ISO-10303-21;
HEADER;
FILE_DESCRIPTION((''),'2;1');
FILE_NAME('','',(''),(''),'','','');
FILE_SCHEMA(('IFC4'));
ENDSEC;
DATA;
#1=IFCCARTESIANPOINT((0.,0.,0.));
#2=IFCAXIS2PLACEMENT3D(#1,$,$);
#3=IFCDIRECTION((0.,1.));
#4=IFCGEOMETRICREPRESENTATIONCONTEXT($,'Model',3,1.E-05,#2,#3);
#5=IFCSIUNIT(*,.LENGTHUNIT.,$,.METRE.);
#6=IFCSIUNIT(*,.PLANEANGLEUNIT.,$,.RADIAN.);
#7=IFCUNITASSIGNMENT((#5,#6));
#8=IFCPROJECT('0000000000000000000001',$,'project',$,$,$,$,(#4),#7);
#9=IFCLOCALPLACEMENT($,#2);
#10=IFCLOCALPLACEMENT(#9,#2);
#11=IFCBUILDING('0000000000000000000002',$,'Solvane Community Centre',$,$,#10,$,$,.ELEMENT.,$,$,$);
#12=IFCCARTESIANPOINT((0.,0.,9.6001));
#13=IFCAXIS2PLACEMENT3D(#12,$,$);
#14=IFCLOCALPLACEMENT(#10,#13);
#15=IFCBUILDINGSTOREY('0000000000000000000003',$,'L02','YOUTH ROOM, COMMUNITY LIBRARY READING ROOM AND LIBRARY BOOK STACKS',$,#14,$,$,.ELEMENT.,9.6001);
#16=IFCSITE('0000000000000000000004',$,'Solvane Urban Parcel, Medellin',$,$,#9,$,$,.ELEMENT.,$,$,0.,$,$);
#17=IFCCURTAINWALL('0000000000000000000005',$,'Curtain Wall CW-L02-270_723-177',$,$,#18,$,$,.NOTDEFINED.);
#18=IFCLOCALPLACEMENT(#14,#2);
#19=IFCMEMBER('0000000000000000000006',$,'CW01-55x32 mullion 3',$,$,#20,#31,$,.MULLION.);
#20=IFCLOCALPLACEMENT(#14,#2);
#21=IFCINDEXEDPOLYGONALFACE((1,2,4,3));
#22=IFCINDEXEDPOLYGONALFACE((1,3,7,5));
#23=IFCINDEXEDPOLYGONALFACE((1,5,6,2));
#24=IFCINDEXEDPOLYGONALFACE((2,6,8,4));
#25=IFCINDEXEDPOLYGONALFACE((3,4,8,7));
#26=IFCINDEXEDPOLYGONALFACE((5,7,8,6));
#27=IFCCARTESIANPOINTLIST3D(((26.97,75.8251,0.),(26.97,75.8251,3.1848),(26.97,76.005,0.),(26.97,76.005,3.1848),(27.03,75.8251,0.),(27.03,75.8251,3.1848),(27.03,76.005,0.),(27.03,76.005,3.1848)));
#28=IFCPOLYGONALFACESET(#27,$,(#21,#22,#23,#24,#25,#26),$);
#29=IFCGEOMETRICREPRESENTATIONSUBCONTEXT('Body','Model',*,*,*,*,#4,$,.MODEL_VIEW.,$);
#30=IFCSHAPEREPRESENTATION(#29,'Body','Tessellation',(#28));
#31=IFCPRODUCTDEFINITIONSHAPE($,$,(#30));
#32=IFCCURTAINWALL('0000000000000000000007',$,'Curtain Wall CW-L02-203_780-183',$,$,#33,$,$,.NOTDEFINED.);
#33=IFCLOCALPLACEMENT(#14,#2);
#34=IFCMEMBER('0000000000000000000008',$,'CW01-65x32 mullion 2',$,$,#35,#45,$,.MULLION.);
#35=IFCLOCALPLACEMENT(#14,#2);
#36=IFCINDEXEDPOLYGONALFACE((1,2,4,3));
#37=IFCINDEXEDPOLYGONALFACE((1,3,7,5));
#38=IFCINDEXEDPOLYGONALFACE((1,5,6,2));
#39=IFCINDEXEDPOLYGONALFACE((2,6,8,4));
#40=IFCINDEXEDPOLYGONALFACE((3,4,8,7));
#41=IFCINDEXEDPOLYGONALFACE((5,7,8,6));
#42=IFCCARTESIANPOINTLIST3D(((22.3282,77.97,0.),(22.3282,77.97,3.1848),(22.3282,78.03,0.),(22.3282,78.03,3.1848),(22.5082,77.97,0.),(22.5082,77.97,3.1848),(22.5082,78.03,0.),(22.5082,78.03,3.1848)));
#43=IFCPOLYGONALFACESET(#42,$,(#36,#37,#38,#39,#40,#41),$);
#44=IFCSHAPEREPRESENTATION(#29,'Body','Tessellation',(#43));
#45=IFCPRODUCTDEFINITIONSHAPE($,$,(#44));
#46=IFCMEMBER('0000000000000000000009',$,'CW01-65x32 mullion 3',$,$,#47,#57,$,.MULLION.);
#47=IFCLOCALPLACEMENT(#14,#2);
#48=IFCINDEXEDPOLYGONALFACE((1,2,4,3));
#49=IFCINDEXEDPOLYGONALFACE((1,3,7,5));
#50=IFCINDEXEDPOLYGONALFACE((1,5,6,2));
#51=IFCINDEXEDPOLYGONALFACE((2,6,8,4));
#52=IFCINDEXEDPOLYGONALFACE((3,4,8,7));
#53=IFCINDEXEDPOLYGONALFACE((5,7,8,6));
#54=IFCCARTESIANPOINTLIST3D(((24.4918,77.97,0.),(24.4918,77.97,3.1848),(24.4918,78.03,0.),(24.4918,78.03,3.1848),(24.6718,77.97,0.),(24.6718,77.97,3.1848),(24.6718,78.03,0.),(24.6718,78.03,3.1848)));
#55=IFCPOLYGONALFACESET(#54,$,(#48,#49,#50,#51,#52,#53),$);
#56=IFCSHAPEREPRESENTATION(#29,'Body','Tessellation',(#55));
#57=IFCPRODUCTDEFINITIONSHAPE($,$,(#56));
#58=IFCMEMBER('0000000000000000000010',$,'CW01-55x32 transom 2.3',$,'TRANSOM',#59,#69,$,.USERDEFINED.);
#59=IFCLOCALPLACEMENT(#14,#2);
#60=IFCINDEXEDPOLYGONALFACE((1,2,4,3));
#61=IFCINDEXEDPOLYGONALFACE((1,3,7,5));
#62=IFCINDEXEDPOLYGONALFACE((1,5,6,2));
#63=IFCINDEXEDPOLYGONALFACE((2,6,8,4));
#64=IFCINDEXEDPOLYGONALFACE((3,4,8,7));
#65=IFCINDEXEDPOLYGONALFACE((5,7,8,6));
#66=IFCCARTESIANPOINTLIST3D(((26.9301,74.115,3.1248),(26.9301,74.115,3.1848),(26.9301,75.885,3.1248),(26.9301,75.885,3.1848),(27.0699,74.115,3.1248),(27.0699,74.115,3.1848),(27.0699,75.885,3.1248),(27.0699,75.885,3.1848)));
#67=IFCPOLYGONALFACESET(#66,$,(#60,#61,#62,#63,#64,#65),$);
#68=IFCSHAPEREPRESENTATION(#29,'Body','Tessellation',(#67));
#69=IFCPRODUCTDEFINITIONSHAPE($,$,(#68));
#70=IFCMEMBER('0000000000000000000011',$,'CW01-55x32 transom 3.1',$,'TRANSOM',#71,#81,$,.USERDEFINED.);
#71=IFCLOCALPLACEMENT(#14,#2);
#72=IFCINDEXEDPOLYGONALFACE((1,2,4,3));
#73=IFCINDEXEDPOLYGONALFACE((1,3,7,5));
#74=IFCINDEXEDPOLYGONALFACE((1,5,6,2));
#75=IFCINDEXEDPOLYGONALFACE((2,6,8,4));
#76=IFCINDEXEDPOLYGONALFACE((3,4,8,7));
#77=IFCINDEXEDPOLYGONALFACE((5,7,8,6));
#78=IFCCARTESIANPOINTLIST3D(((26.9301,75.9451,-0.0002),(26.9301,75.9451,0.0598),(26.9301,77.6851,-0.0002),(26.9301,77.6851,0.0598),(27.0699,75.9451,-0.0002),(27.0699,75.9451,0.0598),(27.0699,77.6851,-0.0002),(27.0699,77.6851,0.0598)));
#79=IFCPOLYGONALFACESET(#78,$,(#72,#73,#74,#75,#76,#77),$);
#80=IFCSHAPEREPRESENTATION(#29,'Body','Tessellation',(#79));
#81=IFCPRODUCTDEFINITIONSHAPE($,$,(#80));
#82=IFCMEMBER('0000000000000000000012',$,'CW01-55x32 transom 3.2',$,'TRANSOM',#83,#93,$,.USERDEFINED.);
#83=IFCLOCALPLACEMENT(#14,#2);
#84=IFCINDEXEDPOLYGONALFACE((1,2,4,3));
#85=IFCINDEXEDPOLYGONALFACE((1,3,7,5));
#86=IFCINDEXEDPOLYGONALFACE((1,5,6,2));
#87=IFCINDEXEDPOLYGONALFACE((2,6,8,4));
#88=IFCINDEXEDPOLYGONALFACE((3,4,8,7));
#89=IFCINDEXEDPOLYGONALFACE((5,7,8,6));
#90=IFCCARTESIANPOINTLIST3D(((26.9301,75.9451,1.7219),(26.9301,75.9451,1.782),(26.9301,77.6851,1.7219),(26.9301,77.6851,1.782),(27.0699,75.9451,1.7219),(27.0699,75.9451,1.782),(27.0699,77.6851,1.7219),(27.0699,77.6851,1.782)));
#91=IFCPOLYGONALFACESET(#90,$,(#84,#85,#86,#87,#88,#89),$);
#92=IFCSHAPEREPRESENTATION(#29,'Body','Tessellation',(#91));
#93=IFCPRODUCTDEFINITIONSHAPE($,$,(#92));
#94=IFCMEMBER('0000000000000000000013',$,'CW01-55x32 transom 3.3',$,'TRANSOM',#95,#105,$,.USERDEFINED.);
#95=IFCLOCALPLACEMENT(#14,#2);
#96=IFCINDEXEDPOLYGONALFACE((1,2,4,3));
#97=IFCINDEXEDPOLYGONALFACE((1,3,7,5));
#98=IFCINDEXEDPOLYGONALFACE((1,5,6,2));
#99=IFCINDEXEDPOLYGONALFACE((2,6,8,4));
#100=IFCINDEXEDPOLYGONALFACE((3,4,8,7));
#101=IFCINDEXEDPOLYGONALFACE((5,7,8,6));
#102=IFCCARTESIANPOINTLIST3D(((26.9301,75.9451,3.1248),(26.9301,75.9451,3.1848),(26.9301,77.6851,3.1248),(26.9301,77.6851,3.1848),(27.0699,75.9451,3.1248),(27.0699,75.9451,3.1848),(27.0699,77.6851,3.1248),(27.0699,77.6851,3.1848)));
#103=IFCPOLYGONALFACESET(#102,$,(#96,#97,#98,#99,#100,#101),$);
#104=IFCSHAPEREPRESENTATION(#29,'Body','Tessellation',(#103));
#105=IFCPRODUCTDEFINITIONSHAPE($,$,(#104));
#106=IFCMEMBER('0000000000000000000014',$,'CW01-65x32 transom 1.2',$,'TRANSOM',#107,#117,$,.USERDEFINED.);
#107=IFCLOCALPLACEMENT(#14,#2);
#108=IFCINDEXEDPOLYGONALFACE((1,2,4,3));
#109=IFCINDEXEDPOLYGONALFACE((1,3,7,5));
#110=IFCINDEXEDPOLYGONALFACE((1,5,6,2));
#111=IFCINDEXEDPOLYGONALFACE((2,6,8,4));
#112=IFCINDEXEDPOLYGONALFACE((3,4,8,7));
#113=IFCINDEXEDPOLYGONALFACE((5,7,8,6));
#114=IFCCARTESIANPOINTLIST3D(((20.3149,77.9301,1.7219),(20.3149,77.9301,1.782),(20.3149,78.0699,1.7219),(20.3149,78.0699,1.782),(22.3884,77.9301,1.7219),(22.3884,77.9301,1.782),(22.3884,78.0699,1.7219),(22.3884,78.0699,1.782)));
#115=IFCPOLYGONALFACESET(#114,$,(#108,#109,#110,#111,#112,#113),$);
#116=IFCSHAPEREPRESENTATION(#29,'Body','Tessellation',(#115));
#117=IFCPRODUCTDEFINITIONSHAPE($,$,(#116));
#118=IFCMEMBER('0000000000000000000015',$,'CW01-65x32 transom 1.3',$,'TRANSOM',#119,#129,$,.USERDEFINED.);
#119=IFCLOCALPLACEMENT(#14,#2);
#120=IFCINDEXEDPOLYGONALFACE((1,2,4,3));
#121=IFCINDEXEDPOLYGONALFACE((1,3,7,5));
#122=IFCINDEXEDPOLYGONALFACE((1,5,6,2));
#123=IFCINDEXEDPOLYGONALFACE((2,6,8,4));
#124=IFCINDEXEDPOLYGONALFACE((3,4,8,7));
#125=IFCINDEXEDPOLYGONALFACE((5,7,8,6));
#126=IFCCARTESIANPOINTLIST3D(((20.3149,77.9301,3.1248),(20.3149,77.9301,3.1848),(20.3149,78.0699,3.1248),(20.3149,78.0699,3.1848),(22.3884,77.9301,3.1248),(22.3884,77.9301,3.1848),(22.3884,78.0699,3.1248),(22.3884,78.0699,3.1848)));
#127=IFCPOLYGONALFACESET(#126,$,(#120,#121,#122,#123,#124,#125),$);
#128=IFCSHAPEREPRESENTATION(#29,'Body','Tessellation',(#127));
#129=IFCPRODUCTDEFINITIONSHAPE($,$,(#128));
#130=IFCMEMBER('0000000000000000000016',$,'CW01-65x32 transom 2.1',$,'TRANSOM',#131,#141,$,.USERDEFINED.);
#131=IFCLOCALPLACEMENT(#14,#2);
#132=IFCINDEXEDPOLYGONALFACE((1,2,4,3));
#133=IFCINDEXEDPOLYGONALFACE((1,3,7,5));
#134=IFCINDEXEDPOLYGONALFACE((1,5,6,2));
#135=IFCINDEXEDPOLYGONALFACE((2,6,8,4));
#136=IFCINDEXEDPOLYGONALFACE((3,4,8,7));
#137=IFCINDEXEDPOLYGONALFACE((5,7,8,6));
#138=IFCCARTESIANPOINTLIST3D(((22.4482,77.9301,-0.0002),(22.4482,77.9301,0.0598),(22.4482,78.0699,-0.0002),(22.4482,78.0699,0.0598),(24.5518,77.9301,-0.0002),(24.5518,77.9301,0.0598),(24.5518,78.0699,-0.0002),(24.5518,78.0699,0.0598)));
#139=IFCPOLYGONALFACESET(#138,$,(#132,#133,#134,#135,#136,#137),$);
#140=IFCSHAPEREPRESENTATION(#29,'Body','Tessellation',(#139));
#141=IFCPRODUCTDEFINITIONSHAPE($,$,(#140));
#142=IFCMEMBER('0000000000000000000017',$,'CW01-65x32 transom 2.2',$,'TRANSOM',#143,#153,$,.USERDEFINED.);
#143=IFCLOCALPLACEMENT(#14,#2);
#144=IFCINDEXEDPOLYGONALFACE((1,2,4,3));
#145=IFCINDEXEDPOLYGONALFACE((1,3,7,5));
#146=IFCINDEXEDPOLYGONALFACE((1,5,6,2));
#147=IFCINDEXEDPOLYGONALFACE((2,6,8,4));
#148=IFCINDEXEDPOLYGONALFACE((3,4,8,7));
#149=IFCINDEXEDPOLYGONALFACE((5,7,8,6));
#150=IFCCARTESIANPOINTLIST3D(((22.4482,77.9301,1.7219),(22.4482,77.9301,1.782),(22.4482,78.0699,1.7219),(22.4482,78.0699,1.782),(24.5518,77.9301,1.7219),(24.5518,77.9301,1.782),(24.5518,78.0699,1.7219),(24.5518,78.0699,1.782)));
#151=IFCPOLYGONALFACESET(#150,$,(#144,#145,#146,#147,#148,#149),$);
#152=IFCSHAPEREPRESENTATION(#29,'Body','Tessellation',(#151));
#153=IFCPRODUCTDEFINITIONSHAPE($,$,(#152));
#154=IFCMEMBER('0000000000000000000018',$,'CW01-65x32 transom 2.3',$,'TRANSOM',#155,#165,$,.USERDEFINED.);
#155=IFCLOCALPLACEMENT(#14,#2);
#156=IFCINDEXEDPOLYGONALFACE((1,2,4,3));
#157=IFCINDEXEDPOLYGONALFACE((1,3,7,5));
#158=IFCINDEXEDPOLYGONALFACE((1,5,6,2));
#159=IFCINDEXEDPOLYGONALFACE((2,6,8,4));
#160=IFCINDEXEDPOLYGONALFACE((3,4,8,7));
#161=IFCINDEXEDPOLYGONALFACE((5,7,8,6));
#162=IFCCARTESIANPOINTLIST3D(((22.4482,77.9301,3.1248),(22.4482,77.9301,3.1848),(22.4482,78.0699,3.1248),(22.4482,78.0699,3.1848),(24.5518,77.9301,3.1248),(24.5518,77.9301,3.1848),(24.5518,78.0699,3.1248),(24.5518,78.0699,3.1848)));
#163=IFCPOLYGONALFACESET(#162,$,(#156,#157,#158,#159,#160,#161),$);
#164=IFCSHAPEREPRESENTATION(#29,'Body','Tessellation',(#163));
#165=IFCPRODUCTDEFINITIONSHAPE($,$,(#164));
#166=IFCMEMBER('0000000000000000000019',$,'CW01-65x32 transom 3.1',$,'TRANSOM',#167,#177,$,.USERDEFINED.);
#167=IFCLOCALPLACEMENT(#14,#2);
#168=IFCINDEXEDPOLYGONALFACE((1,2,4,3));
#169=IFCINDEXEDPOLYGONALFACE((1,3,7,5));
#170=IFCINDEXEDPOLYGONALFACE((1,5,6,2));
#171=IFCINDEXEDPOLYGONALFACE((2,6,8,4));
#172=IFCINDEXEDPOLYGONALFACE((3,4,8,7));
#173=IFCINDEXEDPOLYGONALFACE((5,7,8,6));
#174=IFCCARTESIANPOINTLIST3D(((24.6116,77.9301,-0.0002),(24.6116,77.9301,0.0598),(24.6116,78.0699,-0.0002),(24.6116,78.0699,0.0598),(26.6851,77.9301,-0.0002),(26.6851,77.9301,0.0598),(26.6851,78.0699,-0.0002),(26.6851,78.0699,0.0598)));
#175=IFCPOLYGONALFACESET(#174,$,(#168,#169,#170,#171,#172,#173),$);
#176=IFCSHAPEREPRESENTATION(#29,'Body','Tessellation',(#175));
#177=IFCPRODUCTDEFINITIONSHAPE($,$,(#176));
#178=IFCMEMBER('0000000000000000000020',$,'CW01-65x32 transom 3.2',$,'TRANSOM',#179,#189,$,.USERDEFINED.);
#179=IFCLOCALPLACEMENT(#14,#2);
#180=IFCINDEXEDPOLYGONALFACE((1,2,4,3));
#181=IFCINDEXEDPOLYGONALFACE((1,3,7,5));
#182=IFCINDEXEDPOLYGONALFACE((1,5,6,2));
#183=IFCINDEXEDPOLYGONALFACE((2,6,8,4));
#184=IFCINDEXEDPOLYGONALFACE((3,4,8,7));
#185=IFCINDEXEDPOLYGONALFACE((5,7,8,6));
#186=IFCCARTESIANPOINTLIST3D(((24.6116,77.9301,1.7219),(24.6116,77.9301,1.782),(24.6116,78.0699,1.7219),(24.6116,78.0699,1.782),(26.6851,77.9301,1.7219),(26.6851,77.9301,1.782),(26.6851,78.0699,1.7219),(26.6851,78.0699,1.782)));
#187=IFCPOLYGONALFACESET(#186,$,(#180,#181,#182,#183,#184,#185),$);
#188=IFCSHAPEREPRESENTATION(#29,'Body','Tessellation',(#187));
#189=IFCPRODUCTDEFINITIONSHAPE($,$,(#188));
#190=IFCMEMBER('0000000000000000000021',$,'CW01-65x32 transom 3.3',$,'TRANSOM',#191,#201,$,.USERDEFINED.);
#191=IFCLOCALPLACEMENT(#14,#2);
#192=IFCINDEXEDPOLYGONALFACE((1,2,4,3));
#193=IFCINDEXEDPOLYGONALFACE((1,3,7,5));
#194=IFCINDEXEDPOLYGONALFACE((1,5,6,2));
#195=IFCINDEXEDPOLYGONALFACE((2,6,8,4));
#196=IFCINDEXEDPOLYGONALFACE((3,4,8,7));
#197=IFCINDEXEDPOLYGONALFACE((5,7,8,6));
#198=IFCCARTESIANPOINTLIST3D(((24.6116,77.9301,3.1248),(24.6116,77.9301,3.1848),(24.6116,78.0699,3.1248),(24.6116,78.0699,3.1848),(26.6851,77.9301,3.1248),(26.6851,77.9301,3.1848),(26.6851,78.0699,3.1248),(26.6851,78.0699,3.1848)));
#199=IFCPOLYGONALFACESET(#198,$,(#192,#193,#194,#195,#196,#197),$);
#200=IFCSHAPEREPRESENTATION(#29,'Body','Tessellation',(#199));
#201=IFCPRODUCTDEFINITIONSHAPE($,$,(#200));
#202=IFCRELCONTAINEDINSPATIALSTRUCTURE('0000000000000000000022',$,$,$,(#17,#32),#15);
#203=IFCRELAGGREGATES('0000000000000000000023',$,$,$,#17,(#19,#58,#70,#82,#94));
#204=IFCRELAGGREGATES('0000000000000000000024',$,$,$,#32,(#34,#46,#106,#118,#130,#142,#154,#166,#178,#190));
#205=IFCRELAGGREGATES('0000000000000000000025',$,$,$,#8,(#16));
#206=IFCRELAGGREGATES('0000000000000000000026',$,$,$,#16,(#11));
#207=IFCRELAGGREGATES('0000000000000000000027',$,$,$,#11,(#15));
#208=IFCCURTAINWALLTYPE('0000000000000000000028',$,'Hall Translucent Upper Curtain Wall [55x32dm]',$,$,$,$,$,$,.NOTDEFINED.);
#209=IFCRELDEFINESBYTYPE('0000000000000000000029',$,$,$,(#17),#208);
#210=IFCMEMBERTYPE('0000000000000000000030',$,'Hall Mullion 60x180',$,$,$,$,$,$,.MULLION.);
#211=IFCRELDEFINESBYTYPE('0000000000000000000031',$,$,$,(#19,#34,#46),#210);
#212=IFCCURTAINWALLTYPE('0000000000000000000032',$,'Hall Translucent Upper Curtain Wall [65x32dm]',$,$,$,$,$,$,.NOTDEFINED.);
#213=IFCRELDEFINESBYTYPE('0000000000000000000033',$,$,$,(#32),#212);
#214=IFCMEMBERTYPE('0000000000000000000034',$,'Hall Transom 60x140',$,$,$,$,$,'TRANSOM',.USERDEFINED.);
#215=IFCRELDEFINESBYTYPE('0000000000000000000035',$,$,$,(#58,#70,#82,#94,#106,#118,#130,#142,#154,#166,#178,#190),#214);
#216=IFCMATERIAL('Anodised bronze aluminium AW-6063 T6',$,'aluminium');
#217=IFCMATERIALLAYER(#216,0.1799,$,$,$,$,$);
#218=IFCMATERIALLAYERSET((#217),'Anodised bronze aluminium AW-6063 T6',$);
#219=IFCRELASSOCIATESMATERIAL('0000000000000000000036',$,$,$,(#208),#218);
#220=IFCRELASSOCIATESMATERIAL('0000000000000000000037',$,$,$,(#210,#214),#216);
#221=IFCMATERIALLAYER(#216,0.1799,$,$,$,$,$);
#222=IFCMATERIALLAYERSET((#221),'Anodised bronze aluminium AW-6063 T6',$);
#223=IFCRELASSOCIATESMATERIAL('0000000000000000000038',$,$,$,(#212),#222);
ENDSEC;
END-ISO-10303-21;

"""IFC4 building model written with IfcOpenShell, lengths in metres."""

from ifc_helpers import new_model, si_unit, direction, frame, origin, origin_2d, place, context, subcontext, project, spatial, rectangle, extrude, material, layer, layer_set, material_profile, profile_set, type_object, element, aggregate, save


model = new_model("IFC4")

# Units and contexts
model_context = context("Model", 3, precision=1e-05, world=origin(), true_north=direction((0.0, 1.0)))
body_context = subcontext(model_context, "Body", "Model", "MODEL_VIEW")
ifc_project = project(units=[si_unit("LENGTHUNIT", "METRE"), si_unit("PLANEANGLEUNIT", "RADIAN")], contexts=[model_context])

# Site, building, storey
site_placement = place(None, origin())
site = spatial("IfcSite", under=ifc_project, at=site_placement, Name="Solvane Urban Parcel, Medellin", CompositionType="ELEMENT", RefElevation=0.0)
building_placement = place(site_placement, origin())
building = spatial("IfcBuilding", under=site, at=building_placement, Name="Solvane Community Centre", CompositionType="ELEMENT")
storey_placement = place(building_placement, frame((0.0, 0.0, 9.6001)))
storey = spatial("IfcBuildingStorey", under=building, at=storey_placement, Name="L02", Description="YOUTH ROOM, COMMUNITY LIBRARY READING ROOM AND LIBRARY BOOK STACKS", CompositionType="ELEMENT", Elevation=9.6001)

# Curtain wall, member
ifc_material_1 = material(Name="Anodised bronze aluminium AW-6063 T6", Category="aluminium")
ifc_layer_1 = layer(ifc_material_1, 0.1799)
ifc_layer_set_1 = layer_set([ifc_layer_1], Name="Anodised bronze aluminium AW-6063 T6")
curtain_wall_type_1 = type_object("IfcCurtainWallType", Name="Hall Translucent Upper Curtain Wall [55x32dm]", PredefinedType="NOTDEFINED", material=ifc_layer_set_1)
curtain_wall_1_placement = place(storey_placement, origin())
curtain_wall_1 = element("IfcCurtainWall", 1, at=curtain_wall_1_placement, inside=storey, type_object=curtain_wall_type_1, Name="Curtain Wall CW-L02-270_723-177", PredefinedType="NOTDEFINED")
ifc_material_profile_1 = material_profile(ifc_material_1, rectangle(XDim=0.0601, YDim=0.1799, at=origin_2d()), Name="CW-M 60x180")
ifc_profile_set_1 = profile_set([ifc_material_profile_1], Name="Anodised bronze aluminium AW-6063 T6")
member_type_1 = type_object("IfcMemberType", Name="Hall Mullion 60x180", PredefinedType="MULLION", material=ifc_profile_set_1)
member_1_placement = place(storey_placement, frame((27.0, 75.915, 0.0), z_axis=(0.0, 0.0, 1.0), x_axis=(-1.0, 0.0, 0.0)))
member_1 = element("IfcMember", 2, at=member_1_placement, type_object=member_type_1, Name="CW01-55x32 mullion 3", PredefinedType="MULLION", context=body_context, shape_type="SweptSolid", body=[
    extrude(rectangle(XDim=0.0601, YDim=0.1799, at=origin_2d()), origin(), (0.0, 0.0, 1.0), 3.1848),
])

# Curtain wall, members
ifc_layer_2 = layer(ifc_material_1, 0.1799)
ifc_layer_set_2 = layer_set([ifc_layer_2], Name="Anodised bronze aluminium AW-6063 T6")
curtain_wall_type_2 = type_object("IfcCurtainWallType", Name="Hall Translucent Upper Curtain Wall [65x32dm]", PredefinedType="NOTDEFINED", material=ifc_layer_set_2)
curtain_wall_2_placement = place(storey_placement, origin())
curtain_wall_2 = element("IfcCurtainWall", 3, at=curtain_wall_2_placement, inside=storey, type_object=curtain_wall_type_2, Name="Curtain Wall CW-L02-203_780-183", PredefinedType="NOTDEFINED")
member_2_placement = place(storey_placement, frame((22.4182, 78.0, 0.0), z_axis=(0.0, 0.0, 1.0), x_axis=(0.0, 1.0, 0.0)))
member_2 = element("IfcMember", 4, at=member_2_placement, type_object=member_type_1, Name="CW01-65x32 mullion 2", PredefinedType="MULLION", context=body_context, shape_type="SweptSolid", body=[
    extrude(rectangle(XDim=0.0601, YDim=0.1799, at=origin_2d()), origin(), (0.0, 0.0, 1.0), 3.1848),
])
member_3_placement = place(storey_placement, frame((24.5818, 78.0, 0.0), z_axis=(0.0, 0.0, 1.0), x_axis=(0.0, 1.0, 0.0)))
member_3 = element("IfcMember", 5, at=member_3_placement, type_object=member_type_1, Name="CW01-65x32 mullion 3", PredefinedType="MULLION", context=body_context, shape_type="SweptSolid", body=[
    extrude(rectangle(XDim=0.0601, YDim=0.1799, at=origin_2d()), origin(), (0.0, 0.0, 1.0), 3.1848),
])

# Members
ifc_material_profile_2 = material_profile(ifc_material_1, rectangle(XDim=0.1399, YDim=0.0601, at=origin_2d()), Name="CW-T 60x140")
ifc_profile_set_2 = profile_set([ifc_material_profile_2], Name="Anodised bronze aluminium AW-6063 T6")
member_type_2 = type_object("IfcMemberType", Name="Hall Transom 60x140", ElementType="TRANSOM", PredefinedType="USERDEFINED", material=ifc_profile_set_2)
member_4_placement = place(storey_placement, frame((27.0, 74.115, 3.1548), z_axis=(0.0, 1.0, 0.0), x_axis=(-1.0, 0.0, 0.0)))
member_4 = element("IfcMember", 6, at=member_4_placement, type_object=member_type_2, Name="CW01-55x32 transom 2.3", ObjectType="TRANSOM", PredefinedType="USERDEFINED", context=body_context, shape_type="SweptSolid", body=[
    extrude(rectangle(XDim=0.1399, YDim=0.0601, at=origin_2d()), origin(), (0.0, 0.0, 1.0), 1.77),
])
member_5_placement = place(storey_placement, frame((27.0, 75.9451, 0.0298), z_axis=(0.0, 1.0, 0.0), x_axis=(-1.0, 0.0, 0.0)))
member_5 = element("IfcMember", 7, at=member_5_placement, type_object=member_type_2, Name="CW01-55x32 transom 3.1", ObjectType="TRANSOM", PredefinedType="USERDEFINED", context=body_context, shape_type="SweptSolid", body=[
    extrude(rectangle(XDim=0.1399, YDim=0.0601, at=origin_2d()), origin(), (0.0, 0.0, 1.0), 1.74),
])
member_6_placement = place(storey_placement, frame((27.0, 75.9451, 1.752), z_axis=(0.0, 1.0, 0.0), x_axis=(-1.0, 0.0, 0.0)))
member_6 = element("IfcMember", 8, at=member_6_placement, type_object=member_type_2, Name="CW01-55x32 transom 3.2", ObjectType="TRANSOM", PredefinedType="USERDEFINED", context=body_context, shape_type="SweptSolid", body=[
    extrude(rectangle(XDim=0.1399, YDim=0.0601, at=origin_2d()), origin(), (0.0, 0.0, 1.0), 1.74),
])
member_7_placement = place(storey_placement, frame((27.0, 75.9451, 3.1548), z_axis=(0.0, 1.0, 0.0), x_axis=(-1.0, 0.0, 0.0)))
member_7 = element("IfcMember", 9, at=member_7_placement, type_object=member_type_2, Name="CW01-55x32 transom 3.3", ObjectType="TRANSOM", PredefinedType="USERDEFINED", context=body_context, shape_type="SweptSolid", body=[
    extrude(rectangle(XDim=0.1399, YDim=0.0601, at=origin_2d()), origin(), (0.0, 0.0, 1.0), 1.74),
])
member_8_placement = place(storey_placement, frame((20.3149, 78.0, 1.752), z_axis=(1.0, 0.0, 0.0), x_axis=(0.0, 1.0, 0.0)))
member_8 = element("IfcMember", 10, at=member_8_placement, type_object=member_type_2, Name="CW01-65x32 transom 1.2", ObjectType="TRANSOM", PredefinedType="USERDEFINED", context=body_context, shape_type="SweptSolid", body=[
    extrude(rectangle(XDim=0.1399, YDim=0.0601, at=origin_2d()), origin(), (0.0, 0.0, 1.0), 2.0735),
])
member_9_placement = place(storey_placement, frame((20.3149, 78.0, 3.1548), z_axis=(1.0, 0.0, 0.0), x_axis=(0.0, 1.0, 0.0)))
member_9 = element("IfcMember", 11, at=member_9_placement, type_object=member_type_2, Name="CW01-65x32 transom 1.3", ObjectType="TRANSOM", PredefinedType="USERDEFINED", context=body_context, shape_type="SweptSolid", body=[
    extrude(rectangle(XDim=0.1399, YDim=0.0601, at=origin_2d()), origin(), (0.0, 0.0, 1.0), 2.0735),
])
member_10_placement = place(storey_placement, frame((22.4482, 78.0, 0.0298), z_axis=(1.0, 0.0, 0.0), x_axis=(0.0, 1.0, 0.0)))
member_10 = element("IfcMember", 12, at=member_10_placement, type_object=member_type_2, Name="CW01-65x32 transom 2.1", ObjectType="TRANSOM", PredefinedType="USERDEFINED", context=body_context, shape_type="SweptSolid", body=[
    extrude(rectangle(XDim=0.1399, YDim=0.0601, at=origin_2d()), origin(), (0.0, 0.0, 1.0), 2.1035),
])
member_11_placement = place(storey_placement, frame((22.4482, 78.0, 1.752), z_axis=(1.0, 0.0, 0.0), x_axis=(0.0, 1.0, 0.0)))
member_11 = element("IfcMember", 13, at=member_11_placement, type_object=member_type_2, Name="CW01-65x32 transom 2.2", ObjectType="TRANSOM", PredefinedType="USERDEFINED", context=body_context, shape_type="SweptSolid", body=[
    extrude(rectangle(XDim=0.1399, YDim=0.0601, at=origin_2d()), origin(), (0.0, 0.0, 1.0), 2.1035),
])
member_12_placement = place(storey_placement, frame((22.4482, 78.0, 3.1548), z_axis=(1.0, 0.0, 0.0), x_axis=(0.0, 1.0, 0.0)))
member_12 = element("IfcMember", 14, at=member_12_placement, type_object=member_type_2, Name="CW01-65x32 transom 2.3", ObjectType="TRANSOM", PredefinedType="USERDEFINED", context=body_context, shape_type="SweptSolid", body=[
    extrude(rectangle(XDim=0.1399, YDim=0.0601, at=origin_2d()), origin(), (0.0, 0.0, 1.0), 2.1035),
])
member_13_placement = place(storey_placement, frame((24.6116, 78.0, 0.0298), z_axis=(1.0, 0.0, 0.0), x_axis=(0.0, 1.0, 0.0)))
member_13 = element("IfcMember", 15, at=member_13_placement, type_object=member_type_2, Name="CW01-65x32 transom 3.1", ObjectType="TRANSOM", PredefinedType="USERDEFINED", context=body_context, shape_type="SweptSolid", body=[
    extrude(rectangle(XDim=0.1399, YDim=0.0601, at=origin_2d()), origin(), (0.0, 0.0, 1.0), 2.0735),
])
member_14_placement = place(storey_placement, frame((24.6116, 78.0, 1.752), z_axis=(1.0, 0.0, 0.0), x_axis=(0.0, 1.0, 0.0)))
member_14 = element("IfcMember", 16, at=member_14_placement, type_object=member_type_2, Name="CW01-65x32 transom 3.2", ObjectType="TRANSOM", PredefinedType="USERDEFINED", context=body_context, shape_type="SweptSolid", body=[
    extrude(rectangle(XDim=0.1399, YDim=0.0601, at=origin_2d()), origin(), (0.0, 0.0, 1.0), 2.0735),
])
member_15_placement = place(storey_placement, frame((24.6116, 78.0, 3.1548), z_axis=(1.0, 0.0, 0.0), x_axis=(0.0, 1.0, 0.0)))
member_15 = element("IfcMember", 17, at=member_15_placement, type_object=member_type_2, Name="CW01-65x32 transom 3.3", ObjectType="TRANSOM", PredefinedType="USERDEFINED", context=body_context, shape_type="SweptSolid", body=[
    extrude(rectangle(XDim=0.1399, YDim=0.0601, at=origin_2d()), origin(), (0.0, 0.0, 1.0), 2.0735),
])

aggregate(curtain_wall_1, [member_1, member_4, member_5, member_6, member_7])
aggregate(curtain_wall_2, [member_2, member_3, member_8, member_9, member_10, member_11, member_12, member_13, member_14, member_15])

save(model, "model.ifc")
